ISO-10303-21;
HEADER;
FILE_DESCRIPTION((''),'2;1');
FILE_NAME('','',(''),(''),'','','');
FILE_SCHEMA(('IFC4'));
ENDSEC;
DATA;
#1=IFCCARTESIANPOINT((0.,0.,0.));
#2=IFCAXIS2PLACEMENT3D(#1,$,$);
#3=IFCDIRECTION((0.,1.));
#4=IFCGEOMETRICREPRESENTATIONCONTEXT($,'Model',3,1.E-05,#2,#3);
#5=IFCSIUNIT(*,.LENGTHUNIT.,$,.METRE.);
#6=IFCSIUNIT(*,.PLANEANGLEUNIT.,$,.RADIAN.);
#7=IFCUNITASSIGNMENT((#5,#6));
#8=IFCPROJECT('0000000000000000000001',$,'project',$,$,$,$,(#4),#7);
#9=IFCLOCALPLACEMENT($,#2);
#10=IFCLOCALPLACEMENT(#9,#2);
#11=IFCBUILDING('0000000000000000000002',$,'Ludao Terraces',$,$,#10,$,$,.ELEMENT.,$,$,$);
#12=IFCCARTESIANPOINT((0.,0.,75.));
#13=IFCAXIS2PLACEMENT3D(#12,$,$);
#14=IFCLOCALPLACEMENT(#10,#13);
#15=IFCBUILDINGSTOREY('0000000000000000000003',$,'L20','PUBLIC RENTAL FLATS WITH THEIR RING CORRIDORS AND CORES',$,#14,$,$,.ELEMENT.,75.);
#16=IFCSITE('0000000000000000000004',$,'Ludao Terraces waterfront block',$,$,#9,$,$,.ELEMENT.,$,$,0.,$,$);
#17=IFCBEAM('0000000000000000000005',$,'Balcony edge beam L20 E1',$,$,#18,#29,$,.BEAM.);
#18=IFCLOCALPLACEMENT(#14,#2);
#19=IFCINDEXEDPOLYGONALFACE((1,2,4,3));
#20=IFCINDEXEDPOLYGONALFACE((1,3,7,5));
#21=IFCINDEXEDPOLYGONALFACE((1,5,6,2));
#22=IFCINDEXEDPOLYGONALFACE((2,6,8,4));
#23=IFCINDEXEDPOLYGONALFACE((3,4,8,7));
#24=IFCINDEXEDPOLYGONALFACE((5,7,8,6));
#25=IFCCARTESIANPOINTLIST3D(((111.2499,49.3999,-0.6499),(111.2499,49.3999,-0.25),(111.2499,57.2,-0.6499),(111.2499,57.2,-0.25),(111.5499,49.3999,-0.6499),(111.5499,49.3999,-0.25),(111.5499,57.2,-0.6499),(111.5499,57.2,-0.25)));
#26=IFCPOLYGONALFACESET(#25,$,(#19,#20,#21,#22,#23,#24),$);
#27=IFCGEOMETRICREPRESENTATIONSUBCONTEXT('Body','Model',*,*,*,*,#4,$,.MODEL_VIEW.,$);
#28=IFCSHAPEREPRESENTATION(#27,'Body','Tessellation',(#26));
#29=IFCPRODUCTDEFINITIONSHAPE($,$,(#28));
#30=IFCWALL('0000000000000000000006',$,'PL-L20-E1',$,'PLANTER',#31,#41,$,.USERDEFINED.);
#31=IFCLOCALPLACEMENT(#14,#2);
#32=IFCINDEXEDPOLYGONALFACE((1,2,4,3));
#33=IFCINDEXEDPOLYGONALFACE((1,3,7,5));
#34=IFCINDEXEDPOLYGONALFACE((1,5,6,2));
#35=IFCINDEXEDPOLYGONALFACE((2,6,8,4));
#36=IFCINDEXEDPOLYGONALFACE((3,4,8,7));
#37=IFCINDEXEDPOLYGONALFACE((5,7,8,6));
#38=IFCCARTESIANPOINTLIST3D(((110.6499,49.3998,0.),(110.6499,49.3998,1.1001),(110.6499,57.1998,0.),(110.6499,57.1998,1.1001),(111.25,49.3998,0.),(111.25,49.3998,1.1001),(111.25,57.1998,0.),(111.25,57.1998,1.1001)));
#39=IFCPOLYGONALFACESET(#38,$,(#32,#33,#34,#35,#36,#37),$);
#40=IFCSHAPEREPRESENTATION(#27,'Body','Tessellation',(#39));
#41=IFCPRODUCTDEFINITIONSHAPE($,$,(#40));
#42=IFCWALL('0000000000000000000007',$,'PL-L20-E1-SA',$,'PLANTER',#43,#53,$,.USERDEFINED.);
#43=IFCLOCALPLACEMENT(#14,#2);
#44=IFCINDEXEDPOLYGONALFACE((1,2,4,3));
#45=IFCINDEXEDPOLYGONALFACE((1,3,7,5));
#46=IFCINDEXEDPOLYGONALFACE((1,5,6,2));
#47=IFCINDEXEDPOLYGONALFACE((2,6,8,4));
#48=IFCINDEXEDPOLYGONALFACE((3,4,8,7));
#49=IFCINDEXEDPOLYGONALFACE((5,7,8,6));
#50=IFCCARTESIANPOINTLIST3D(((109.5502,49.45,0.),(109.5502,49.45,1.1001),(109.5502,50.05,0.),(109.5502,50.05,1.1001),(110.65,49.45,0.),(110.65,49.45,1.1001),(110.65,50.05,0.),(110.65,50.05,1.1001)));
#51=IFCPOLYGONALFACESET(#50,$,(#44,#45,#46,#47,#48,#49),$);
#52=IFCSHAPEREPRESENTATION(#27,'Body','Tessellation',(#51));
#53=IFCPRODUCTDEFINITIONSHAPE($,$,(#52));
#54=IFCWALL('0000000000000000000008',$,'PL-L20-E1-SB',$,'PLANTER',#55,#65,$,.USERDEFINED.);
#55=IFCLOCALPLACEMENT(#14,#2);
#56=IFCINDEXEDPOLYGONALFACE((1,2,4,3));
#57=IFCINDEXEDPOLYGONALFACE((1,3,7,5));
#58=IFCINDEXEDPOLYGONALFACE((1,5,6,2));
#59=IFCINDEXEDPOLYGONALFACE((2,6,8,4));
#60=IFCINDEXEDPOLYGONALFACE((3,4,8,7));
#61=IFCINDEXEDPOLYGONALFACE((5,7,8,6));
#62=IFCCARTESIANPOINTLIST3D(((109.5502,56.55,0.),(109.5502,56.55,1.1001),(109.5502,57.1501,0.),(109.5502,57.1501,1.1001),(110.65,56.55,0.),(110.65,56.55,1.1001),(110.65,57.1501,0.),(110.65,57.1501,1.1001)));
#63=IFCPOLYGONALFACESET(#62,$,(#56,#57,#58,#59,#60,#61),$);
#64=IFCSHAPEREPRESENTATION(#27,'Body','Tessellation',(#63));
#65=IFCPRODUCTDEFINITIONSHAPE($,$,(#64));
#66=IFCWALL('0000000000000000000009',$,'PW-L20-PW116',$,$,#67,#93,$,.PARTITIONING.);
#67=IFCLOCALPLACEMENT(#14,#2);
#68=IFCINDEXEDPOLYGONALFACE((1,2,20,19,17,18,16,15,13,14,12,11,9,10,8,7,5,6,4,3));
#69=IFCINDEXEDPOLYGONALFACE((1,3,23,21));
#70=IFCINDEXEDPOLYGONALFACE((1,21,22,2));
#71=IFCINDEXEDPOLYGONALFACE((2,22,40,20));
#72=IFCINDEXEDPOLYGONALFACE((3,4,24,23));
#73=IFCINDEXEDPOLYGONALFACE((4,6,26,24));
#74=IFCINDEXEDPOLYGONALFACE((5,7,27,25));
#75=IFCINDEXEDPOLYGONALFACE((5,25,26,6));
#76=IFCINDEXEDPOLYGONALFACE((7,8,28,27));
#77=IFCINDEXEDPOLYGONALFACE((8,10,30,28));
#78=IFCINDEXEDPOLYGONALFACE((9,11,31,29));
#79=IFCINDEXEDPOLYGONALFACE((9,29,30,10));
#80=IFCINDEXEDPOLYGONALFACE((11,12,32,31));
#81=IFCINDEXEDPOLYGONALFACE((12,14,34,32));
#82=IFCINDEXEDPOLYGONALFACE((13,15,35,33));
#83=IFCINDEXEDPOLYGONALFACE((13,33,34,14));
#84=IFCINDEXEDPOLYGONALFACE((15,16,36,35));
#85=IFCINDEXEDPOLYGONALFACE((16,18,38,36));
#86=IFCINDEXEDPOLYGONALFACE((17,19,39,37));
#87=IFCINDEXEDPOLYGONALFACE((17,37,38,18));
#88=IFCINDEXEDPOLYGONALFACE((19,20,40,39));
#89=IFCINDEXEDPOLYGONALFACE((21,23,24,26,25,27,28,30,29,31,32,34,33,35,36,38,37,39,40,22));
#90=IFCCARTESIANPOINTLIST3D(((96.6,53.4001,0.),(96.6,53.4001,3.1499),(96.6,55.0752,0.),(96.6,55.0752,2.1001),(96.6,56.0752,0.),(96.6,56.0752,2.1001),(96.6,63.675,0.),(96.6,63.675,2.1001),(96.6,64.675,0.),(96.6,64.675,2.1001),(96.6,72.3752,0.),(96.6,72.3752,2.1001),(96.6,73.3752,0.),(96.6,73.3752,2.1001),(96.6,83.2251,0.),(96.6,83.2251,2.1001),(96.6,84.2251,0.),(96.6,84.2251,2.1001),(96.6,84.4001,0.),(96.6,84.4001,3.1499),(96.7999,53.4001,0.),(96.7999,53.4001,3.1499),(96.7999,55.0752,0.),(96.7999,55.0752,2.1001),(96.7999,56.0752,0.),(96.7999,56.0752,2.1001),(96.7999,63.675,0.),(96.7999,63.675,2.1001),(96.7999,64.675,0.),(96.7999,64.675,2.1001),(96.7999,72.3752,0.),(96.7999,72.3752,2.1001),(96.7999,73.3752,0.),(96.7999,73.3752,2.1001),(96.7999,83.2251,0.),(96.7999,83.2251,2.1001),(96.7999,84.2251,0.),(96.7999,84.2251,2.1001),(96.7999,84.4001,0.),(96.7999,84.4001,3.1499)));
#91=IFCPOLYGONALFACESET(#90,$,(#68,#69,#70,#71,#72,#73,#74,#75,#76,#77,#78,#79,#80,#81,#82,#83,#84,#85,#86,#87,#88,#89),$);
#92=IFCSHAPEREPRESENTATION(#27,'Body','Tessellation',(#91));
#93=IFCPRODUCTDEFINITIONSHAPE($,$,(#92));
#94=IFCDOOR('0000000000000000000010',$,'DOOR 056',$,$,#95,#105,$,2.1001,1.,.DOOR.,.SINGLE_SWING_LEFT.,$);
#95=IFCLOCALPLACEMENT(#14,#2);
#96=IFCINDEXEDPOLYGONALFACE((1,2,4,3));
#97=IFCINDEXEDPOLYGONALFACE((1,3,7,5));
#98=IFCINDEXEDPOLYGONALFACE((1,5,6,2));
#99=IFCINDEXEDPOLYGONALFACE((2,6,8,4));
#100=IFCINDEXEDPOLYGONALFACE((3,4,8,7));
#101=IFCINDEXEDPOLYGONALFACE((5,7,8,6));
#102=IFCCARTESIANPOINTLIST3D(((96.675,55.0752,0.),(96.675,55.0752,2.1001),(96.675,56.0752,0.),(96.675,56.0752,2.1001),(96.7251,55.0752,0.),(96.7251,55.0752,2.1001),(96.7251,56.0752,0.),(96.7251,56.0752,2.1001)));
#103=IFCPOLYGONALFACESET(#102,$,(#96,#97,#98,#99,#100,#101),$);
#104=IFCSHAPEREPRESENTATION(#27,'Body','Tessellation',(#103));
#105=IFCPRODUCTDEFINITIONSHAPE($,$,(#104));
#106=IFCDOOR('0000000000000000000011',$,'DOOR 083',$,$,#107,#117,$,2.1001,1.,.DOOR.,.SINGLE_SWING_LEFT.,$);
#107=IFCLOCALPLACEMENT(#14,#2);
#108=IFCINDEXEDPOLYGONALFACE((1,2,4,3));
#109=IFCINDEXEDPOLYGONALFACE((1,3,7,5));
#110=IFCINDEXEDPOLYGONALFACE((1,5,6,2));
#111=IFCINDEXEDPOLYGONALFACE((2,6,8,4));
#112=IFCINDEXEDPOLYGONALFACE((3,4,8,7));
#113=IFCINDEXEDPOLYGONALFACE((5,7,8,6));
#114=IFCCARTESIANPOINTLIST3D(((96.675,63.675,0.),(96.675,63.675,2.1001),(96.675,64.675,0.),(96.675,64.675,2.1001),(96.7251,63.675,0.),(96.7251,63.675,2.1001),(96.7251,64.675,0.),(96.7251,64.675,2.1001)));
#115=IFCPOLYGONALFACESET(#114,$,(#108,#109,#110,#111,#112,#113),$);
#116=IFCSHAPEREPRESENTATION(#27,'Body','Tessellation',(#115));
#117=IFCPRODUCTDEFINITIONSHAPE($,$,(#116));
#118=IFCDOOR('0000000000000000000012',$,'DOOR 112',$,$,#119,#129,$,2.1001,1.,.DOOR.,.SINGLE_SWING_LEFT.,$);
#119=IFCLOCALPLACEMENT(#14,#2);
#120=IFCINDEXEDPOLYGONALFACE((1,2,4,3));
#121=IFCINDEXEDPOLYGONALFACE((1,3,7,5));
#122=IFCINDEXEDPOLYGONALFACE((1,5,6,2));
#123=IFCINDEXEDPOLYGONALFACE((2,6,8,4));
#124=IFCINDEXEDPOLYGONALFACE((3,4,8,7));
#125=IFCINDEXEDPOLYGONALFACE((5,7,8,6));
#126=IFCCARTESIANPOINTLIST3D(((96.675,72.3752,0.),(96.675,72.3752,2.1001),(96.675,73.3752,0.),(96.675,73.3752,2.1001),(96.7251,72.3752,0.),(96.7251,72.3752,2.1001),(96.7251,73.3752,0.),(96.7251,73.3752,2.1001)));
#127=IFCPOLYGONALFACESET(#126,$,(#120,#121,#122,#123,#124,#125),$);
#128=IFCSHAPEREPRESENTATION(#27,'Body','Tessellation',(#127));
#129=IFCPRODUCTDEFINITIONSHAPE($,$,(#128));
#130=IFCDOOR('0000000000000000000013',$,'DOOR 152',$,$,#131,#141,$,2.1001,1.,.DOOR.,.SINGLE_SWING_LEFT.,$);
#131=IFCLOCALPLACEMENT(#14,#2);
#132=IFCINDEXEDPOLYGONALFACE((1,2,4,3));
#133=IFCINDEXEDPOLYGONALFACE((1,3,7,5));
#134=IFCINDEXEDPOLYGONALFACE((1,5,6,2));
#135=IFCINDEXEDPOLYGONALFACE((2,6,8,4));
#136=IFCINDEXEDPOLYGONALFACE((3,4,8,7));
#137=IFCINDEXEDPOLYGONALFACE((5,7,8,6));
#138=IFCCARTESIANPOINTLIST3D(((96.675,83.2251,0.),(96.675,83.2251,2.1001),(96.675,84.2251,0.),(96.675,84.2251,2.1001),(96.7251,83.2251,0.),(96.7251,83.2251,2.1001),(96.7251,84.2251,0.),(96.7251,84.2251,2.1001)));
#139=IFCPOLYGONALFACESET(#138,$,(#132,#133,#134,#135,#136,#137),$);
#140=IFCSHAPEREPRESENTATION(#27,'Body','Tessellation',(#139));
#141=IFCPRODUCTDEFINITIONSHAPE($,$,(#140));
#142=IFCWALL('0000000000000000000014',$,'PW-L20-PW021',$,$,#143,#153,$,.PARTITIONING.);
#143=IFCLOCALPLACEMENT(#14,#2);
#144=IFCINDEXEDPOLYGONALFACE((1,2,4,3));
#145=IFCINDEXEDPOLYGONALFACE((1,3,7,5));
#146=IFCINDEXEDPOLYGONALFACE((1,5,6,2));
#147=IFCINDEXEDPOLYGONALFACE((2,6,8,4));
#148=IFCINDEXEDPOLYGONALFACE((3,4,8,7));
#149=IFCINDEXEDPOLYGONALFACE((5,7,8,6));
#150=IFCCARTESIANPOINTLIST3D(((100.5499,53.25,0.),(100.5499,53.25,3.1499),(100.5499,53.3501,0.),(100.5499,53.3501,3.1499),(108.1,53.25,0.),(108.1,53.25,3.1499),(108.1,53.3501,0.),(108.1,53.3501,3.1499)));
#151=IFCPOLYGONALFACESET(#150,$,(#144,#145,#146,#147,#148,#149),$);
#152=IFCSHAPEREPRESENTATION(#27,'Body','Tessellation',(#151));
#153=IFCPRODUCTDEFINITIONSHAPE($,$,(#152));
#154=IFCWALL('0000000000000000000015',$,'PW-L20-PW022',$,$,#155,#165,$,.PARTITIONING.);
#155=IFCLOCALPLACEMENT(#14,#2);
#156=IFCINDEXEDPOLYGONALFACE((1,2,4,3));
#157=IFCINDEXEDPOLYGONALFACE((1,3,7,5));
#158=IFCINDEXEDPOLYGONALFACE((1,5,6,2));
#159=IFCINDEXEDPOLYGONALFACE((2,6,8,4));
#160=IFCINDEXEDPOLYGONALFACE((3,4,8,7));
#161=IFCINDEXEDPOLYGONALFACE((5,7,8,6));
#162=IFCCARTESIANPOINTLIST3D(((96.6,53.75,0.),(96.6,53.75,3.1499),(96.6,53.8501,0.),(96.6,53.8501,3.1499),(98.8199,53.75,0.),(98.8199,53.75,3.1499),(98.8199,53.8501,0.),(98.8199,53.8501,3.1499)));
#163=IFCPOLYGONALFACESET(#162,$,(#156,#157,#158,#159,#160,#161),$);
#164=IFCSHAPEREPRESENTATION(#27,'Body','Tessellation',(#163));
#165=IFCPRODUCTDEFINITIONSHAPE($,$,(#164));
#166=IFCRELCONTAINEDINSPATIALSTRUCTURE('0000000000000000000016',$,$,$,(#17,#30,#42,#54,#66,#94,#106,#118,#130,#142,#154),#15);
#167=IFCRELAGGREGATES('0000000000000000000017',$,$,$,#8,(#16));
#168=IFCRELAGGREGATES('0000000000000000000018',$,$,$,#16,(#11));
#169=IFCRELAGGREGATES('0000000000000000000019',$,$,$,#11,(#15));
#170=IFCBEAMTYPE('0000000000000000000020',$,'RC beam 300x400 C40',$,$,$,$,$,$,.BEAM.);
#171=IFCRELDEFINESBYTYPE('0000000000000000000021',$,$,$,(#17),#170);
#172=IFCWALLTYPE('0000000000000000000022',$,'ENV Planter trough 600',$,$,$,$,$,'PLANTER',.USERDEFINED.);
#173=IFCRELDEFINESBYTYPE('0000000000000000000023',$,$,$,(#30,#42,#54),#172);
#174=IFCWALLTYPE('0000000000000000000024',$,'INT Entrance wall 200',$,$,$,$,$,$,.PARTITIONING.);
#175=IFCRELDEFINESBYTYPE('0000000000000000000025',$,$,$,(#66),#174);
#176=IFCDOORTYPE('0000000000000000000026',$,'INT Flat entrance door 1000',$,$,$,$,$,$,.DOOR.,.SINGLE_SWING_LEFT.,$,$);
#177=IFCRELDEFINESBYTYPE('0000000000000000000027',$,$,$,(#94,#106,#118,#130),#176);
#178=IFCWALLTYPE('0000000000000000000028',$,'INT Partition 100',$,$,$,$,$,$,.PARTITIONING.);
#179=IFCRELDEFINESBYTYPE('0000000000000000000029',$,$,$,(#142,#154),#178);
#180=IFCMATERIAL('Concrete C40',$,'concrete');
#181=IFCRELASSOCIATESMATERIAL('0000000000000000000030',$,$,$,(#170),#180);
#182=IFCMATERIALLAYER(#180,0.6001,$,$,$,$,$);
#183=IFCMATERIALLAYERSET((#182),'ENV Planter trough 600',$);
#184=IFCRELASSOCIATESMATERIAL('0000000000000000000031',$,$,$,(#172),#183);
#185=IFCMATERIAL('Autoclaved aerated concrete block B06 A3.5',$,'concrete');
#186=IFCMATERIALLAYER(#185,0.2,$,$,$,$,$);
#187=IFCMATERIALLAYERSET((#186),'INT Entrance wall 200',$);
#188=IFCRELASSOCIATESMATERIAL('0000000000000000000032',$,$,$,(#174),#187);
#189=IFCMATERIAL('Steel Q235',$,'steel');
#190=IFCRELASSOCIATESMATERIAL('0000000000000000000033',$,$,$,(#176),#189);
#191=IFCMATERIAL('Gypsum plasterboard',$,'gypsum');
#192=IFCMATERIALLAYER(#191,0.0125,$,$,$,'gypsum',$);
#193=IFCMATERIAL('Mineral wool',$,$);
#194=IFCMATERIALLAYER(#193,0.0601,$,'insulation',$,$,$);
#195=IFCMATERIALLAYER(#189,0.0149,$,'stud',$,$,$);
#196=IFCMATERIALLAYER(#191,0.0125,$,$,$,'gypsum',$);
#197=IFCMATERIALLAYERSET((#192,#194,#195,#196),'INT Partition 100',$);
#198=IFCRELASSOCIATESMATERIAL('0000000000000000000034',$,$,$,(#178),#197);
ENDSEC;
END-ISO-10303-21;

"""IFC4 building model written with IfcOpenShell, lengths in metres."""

from ifc_helpers import new_model, si_unit, direction, frame, frame_2d, origin, origin_2d, place, context, subcontext, project, spatial, rectangle, extrude, material, layer, layer_set, material_profile, profile_set, type_object, element, fill, save


model = new_model("IFC4")

# Units and contexts
model_context = context("Model", 3, precision=1e-05, world=origin(), true_north=direction((0.0, 1.0)))
body_context = subcontext(model_context, "Body", "Model", "MODEL_VIEW")
ifc_project = project(units=[si_unit("LENGTHUNIT", "METRE"), si_unit("PLANEANGLEUNIT", "RADIAN")], contexts=[model_context])

# Site, building, storey
site_placement = place(None, origin())
site = spatial("IfcSite", under=ifc_project, at=site_placement, Name="Ludao Terraces waterfront block", CompositionType="ELEMENT", RefElevation=0.0)
building_placement = place(site_placement, origin())
building = spatial("IfcBuilding", under=site, at=building_placement, Name="Ludao Terraces", CompositionType="ELEMENT")
storey_placement = place(building_placement, frame((0.0, 0.0, 75.0)))
storey = spatial("IfcBuildingStorey", under=building, at=storey_placement, Name="L20", Description="PUBLIC RENTAL FLATS WITH THEIR RING CORRIDORS AND CORES", CompositionType="ELEMENT", Elevation=75.0)

# Beam
ifc_material_1 = material(Name="Concrete C40", Category="concrete")
ifc_material_profile = material_profile(ifc_material_1, rectangle(XDim=0.3, YDim=0.3999, at=origin_2d()), Name="300 X 400")
ifc_profile_set = profile_set([ifc_material_profile], Name="Concrete C40")
beam_type = type_object("IfcBeamType", Name="RC beam 300x400 C40", PredefinedType="BEAM", material=ifc_profile_set)
beam_placement = place(storey_placement, frame((111.3999, 49.3999, -0.45), z_axis=(0.0, 1.0, 0.0), x_axis=(-1.0, 0.0, 0.0)))
element("IfcBeam", 1, at=beam_placement, inside=storey, type_object=beam_type, Name="Balcony edge beam L20 E1", PredefinedType="BEAM", context=body_context, shape_type="SweptSolid", body=[
    extrude(rectangle(XDim=0.3, YDim=0.3999, at=origin_2d()), origin(), (0.0, 0.0, 1.0), 7.8),
])

# Walls
ifc_layer_1 = layer(ifc_material_1, 0.6001)
ifc_layer_set_1 = layer_set([ifc_layer_1], Name="ENV Planter trough 600")
wall_type_1 = type_object("IfcWallType", Name="ENV Planter trough 600", ElementType="PLANTER", PredefinedType="USERDEFINED", material=ifc_layer_set_1)
wall_1_placement = place(storey_placement, frame((110.95, 49.3999, 0.0), z_axis=(0.0, 0.0, 1.0), x_axis=(0.0, 1.0, 0.0)))
element("IfcWall", 2, at=wall_1_placement, inside=storey, type_object=wall_type_1, Name="PL-L20-E1", ObjectType="PLANTER", PredefinedType="USERDEFINED", context=body_context, shape_type="SweptSolid", body=[
    extrude(rectangle(XDim=7.8, YDim=0.6001, at=frame_2d((3.8999, 0.0))), origin(), (0.0, 0.0, 1.0), 1.1001),
])
for number, where, z_axis, x_axis, name in (
    (3, (110.6499, 49.75, 0.0), (0.0, 0.0, 1.0), (-1.0, 0.0, 0.0), "PL-L20-E1-SA"),
    (4, (110.6499, 56.8501, 0.0), (0.0, 0.0, 1.0), (-1.0, 0.0, 0.0), "PL-L20-E1-SB"),
):
    element("IfcWall", number, at=place(storey_placement, frame(where, z_axis=z_axis, x_axis=x_axis)), inside=storey, type_object=wall_type_1, Name=name, ObjectType="PLANTER", PredefinedType="USERDEFINED", context=body_context, shape_type="SweptSolid", body=[
        extrude(rectangle(XDim=1.0999, YDim=0.6001, at=frame_2d((0.5498, 0.0))), origin(), (0.0, 0.0, 1.0), 1.1001),
    ])

# Shared definitions
ifc_material_2 = material(Name="Mineral wool")

# Wall, openings, doors
ifc_material_3 = material(Name="Autoclaved aerated concrete block B06 A3.5", Category="concrete")
ifc_layer_2 = layer(ifc_material_3, 0.2)
ifc_layer_set_2 = layer_set([ifc_layer_2], Name="INT Entrance wall 200")
wall_type_2 = type_object("IfcWallType", Name="INT Entrance wall 200", PredefinedType="PARTITIONING", material=ifc_layer_set_2)
wall_2_placement = place(storey_placement, frame((96.7, 53.4001, 0.0), z_axis=(0.0, 0.0, 1.0), x_axis=(0.0, 1.0, 0.0)))
wall_2 = element("IfcWall", 5, at=wall_2_placement, inside=storey, type_object=wall_type_2, Name="PW-L20-PW116", PredefinedType="PARTITIONING", context=body_context, shape_type="SweptSolid", body=[
    extrude(rectangle(XDim=31.0, YDim=0.2, at=frame_2d((15.5, 0.0))), origin(), (0.0, 0.0, 1.0), 3.1499),
])
opening_1_placement = place(wall_2_placement, frame((1.675, 0.0, 0.0)))
opening_1 = element("IfcOpeningElement", 6, at=opening_1_placement, cuts=wall_2, PredefinedType="OPENING", context=body_context, shape_type="SweptSolid", body=[
    extrude(rectangle(XDim=1.0, YDim=2.1001, at=frame_2d((0.5, 1.05))), frame((0.0, 0.1099, 0.0), z_axis=(0.0, -1.0, 0.0), x_axis=(1.0, 0.0, 0.0)), (0.0, 0.0, 1.0), 0.22),
])
opening_2_placement = place(wall_2_placement, frame((10.2749, 0.0, 0.0)))
opening_2 = element("IfcOpeningElement", 7, at=opening_2_placement, cuts=wall_2, PredefinedType="OPENING", context=body_context, shape_type="SweptSolid", body=[
    extrude(rectangle(XDim=1.0, YDim=2.1001, at=frame_2d((0.5, 1.05))), frame((0.0, 0.1099, 0.0), z_axis=(0.0, -1.0, 0.0), x_axis=(1.0, 0.0, 0.0)), (0.0, 0.0, 1.0), 0.22),
])
opening_3_placement = place(wall_2_placement, frame((18.9751, 0.0, 0.0)))
opening_3 = element("IfcOpeningElement", 8, at=opening_3_placement, cuts=wall_2, PredefinedType="OPENING", context=body_context, shape_type="SweptSolid", body=[
    extrude(rectangle(XDim=1.0, YDim=2.1001, at=frame_2d((0.5, 1.05))), frame((0.0, 0.1099, 0.0), z_axis=(0.0, -1.0, 0.0), x_axis=(1.0, 0.0, 0.0)), (0.0, 0.0, 1.0), 0.22),
])
opening_4_placement = place(wall_2_placement, frame((29.825, 0.0, 0.0)))
opening_4 = element("IfcOpeningElement", 9, at=opening_4_placement, cuts=wall_2, PredefinedType="OPENING", context=body_context, shape_type="SweptSolid", body=[
    extrude(rectangle(XDim=1.0, YDim=2.1001, at=frame_2d((0.5, 1.05))), frame((0.0, 0.1099, 0.0), z_axis=(0.0, -1.0, 0.0), x_axis=(1.0, 0.0, 0.0)), (0.0, 0.0, 1.0), 0.22),
])
ifc_material_4 = material(Name="Steel Q235", Category="steel")
door_type_1 = type_object("IfcDoorType", Name="INT Flat entrance door 1000", OperationType="SINGLE_SWING_LEFT", PredefinedType="DOOR", material=ifc_material_4)
door_1_placement = place(opening_1_placement, origin())
door_1 = element("IfcDoor", 10, at=door_1_placement, inside=storey, type_object=door_type_1, Name="DOOR 056", OperationType="SINGLE_SWING_LEFT", OverallHeight=2.1001, OverallWidth=1.0, PredefinedType="DOOR", context=body_context, shape_type="SweptSolid", body=[
    extrude(rectangle(XDim=1.0, YDim=2.1001, at=frame_2d((0.5, 1.05))), frame((0.0, 0.0249, 0.0), z_axis=(0.0, -1.0, 0.0), x_axis=(1.0, 0.0, 0.0)), (0.0, 0.0, 1.0), 0.05),
])
fill(opening_1, door_1)
door_2_placement = place(opening_2_placement, origin())
door_2 = element("IfcDoor", 11, at=door_2_placement, inside=storey, type_object=door_type_1, Name="DOOR 083", OperationType="SINGLE_SWING_LEFT", OverallHeight=2.1001, OverallWidth=1.0, PredefinedType="DOOR", context=body_context, shape_type="SweptSolid", body=[
    extrude(rectangle(XDim=1.0, YDim=2.1001, at=frame_2d((0.5, 1.05))), frame((0.0, 0.0249, 0.0), z_axis=(0.0, -1.0, 0.0), x_axis=(1.0, 0.0, 0.0)), (0.0, 0.0, 1.0), 0.05),
])
fill(opening_2, door_2)
door_3_placement = place(opening_3_placement, origin())
door_3 = element("IfcDoor", 12, at=door_3_placement, inside=storey, type_object=door_type_1, Name="DOOR 112", OperationType="SINGLE_SWING_LEFT", OverallHeight=2.1001, OverallWidth=1.0, PredefinedType="DOOR", context=body_context, shape_type="SweptSolid", body=[
    extrude(rectangle(XDim=1.0, YDim=2.1001, at=frame_2d((0.5, 1.05))), frame((0.0, 0.0249, 0.0), z_axis=(0.0, -1.0, 0.0), x_axis=(1.0, 0.0, 0.0)), (0.0, 0.0, 1.0), 0.05),
])
fill(opening_3, door_3)
door_4_placement = place(opening_4_placement, origin())
door_4 = element("IfcDoor", 13, at=door_4_placement, inside=storey, type_object=door_type_1, Name="DOOR 152", OperationType="SINGLE_SWING_LEFT", OverallHeight=2.1001, OverallWidth=1.0, PredefinedType="DOOR", context=body_context, shape_type="SweptSolid", body=[
    extrude(rectangle(XDim=1.0, YDim=2.1001, at=frame_2d((0.5, 1.05))), frame((0.0, 0.0249, 0.0), z_axis=(0.0, -1.0, 0.0), x_axis=(1.0, 0.0, 0.0)), (0.0, 0.0, 1.0), 0.05),
])
fill(opening_4, door_4)

# Walls
ifc_material_5 = material(Name="Gypsum plasterboard", Category="gypsum")
ifc_layer_3 = layer(ifc_material_5, 0.0125, Category="gypsum")
ifc_layer_4 = layer(ifc_material_2, 0.0601, Name="insulation")
ifc_layer_5 = layer(ifc_material_4, 0.0149, Name="stud")
ifc_layer_6 = layer(ifc_material_5, 0.0125, Category="gypsum")
ifc_layer_set_3 = layer_set([ifc_layer_3, ifc_layer_4, ifc_layer_5, ifc_layer_6], Name="INT Partition 100")
wall_type_3 = type_object("IfcWallType", Name="INT Partition 100", PredefinedType="PARTITIONING", material=ifc_layer_set_3)
wall_3_placement = place(storey_placement, frame((100.55, 53.3, 0.0), z_axis=(0.0, 0.0, 1.0), x_axis=(1.0, 0.0, 0.0)))
element("IfcWall", 14, at=wall_3_placement, inside=storey, type_object=wall_type_3, Name="PW-L20-PW021", PredefinedType="PARTITIONING", context=body_context, shape_type="SweptSolid", body=[
    extrude(rectangle(XDim=7.55, YDim=0.1001, at=frame_2d((3.7749, 0.0))), origin(), (0.0, 0.0, 1.0), 3.1499),
])
for number, where, z_axis, x_axis, name in (
    (15, (96.6001, 53.8, 0.0), (0.0, 0.0, 1.0), (1.0, 0.0, 0.0), "PW-L20-PW022"),
):
    element("IfcWall", number, at=place(storey_placement, frame(where, z_axis=z_axis, x_axis=x_axis)), inside=storey, type_object=wall_type_3, Name=name, PredefinedType="PARTITIONING", context=body_context, shape_type="SweptSolid", body=[
        extrude(rectangle(XDim=2.22, YDim=0.1001, at=frame_2d((1.1099, 0.0))), origin(), (0.0, 0.0, 1.0), 3.1499),
    ])

save(model, "model.ifc")
